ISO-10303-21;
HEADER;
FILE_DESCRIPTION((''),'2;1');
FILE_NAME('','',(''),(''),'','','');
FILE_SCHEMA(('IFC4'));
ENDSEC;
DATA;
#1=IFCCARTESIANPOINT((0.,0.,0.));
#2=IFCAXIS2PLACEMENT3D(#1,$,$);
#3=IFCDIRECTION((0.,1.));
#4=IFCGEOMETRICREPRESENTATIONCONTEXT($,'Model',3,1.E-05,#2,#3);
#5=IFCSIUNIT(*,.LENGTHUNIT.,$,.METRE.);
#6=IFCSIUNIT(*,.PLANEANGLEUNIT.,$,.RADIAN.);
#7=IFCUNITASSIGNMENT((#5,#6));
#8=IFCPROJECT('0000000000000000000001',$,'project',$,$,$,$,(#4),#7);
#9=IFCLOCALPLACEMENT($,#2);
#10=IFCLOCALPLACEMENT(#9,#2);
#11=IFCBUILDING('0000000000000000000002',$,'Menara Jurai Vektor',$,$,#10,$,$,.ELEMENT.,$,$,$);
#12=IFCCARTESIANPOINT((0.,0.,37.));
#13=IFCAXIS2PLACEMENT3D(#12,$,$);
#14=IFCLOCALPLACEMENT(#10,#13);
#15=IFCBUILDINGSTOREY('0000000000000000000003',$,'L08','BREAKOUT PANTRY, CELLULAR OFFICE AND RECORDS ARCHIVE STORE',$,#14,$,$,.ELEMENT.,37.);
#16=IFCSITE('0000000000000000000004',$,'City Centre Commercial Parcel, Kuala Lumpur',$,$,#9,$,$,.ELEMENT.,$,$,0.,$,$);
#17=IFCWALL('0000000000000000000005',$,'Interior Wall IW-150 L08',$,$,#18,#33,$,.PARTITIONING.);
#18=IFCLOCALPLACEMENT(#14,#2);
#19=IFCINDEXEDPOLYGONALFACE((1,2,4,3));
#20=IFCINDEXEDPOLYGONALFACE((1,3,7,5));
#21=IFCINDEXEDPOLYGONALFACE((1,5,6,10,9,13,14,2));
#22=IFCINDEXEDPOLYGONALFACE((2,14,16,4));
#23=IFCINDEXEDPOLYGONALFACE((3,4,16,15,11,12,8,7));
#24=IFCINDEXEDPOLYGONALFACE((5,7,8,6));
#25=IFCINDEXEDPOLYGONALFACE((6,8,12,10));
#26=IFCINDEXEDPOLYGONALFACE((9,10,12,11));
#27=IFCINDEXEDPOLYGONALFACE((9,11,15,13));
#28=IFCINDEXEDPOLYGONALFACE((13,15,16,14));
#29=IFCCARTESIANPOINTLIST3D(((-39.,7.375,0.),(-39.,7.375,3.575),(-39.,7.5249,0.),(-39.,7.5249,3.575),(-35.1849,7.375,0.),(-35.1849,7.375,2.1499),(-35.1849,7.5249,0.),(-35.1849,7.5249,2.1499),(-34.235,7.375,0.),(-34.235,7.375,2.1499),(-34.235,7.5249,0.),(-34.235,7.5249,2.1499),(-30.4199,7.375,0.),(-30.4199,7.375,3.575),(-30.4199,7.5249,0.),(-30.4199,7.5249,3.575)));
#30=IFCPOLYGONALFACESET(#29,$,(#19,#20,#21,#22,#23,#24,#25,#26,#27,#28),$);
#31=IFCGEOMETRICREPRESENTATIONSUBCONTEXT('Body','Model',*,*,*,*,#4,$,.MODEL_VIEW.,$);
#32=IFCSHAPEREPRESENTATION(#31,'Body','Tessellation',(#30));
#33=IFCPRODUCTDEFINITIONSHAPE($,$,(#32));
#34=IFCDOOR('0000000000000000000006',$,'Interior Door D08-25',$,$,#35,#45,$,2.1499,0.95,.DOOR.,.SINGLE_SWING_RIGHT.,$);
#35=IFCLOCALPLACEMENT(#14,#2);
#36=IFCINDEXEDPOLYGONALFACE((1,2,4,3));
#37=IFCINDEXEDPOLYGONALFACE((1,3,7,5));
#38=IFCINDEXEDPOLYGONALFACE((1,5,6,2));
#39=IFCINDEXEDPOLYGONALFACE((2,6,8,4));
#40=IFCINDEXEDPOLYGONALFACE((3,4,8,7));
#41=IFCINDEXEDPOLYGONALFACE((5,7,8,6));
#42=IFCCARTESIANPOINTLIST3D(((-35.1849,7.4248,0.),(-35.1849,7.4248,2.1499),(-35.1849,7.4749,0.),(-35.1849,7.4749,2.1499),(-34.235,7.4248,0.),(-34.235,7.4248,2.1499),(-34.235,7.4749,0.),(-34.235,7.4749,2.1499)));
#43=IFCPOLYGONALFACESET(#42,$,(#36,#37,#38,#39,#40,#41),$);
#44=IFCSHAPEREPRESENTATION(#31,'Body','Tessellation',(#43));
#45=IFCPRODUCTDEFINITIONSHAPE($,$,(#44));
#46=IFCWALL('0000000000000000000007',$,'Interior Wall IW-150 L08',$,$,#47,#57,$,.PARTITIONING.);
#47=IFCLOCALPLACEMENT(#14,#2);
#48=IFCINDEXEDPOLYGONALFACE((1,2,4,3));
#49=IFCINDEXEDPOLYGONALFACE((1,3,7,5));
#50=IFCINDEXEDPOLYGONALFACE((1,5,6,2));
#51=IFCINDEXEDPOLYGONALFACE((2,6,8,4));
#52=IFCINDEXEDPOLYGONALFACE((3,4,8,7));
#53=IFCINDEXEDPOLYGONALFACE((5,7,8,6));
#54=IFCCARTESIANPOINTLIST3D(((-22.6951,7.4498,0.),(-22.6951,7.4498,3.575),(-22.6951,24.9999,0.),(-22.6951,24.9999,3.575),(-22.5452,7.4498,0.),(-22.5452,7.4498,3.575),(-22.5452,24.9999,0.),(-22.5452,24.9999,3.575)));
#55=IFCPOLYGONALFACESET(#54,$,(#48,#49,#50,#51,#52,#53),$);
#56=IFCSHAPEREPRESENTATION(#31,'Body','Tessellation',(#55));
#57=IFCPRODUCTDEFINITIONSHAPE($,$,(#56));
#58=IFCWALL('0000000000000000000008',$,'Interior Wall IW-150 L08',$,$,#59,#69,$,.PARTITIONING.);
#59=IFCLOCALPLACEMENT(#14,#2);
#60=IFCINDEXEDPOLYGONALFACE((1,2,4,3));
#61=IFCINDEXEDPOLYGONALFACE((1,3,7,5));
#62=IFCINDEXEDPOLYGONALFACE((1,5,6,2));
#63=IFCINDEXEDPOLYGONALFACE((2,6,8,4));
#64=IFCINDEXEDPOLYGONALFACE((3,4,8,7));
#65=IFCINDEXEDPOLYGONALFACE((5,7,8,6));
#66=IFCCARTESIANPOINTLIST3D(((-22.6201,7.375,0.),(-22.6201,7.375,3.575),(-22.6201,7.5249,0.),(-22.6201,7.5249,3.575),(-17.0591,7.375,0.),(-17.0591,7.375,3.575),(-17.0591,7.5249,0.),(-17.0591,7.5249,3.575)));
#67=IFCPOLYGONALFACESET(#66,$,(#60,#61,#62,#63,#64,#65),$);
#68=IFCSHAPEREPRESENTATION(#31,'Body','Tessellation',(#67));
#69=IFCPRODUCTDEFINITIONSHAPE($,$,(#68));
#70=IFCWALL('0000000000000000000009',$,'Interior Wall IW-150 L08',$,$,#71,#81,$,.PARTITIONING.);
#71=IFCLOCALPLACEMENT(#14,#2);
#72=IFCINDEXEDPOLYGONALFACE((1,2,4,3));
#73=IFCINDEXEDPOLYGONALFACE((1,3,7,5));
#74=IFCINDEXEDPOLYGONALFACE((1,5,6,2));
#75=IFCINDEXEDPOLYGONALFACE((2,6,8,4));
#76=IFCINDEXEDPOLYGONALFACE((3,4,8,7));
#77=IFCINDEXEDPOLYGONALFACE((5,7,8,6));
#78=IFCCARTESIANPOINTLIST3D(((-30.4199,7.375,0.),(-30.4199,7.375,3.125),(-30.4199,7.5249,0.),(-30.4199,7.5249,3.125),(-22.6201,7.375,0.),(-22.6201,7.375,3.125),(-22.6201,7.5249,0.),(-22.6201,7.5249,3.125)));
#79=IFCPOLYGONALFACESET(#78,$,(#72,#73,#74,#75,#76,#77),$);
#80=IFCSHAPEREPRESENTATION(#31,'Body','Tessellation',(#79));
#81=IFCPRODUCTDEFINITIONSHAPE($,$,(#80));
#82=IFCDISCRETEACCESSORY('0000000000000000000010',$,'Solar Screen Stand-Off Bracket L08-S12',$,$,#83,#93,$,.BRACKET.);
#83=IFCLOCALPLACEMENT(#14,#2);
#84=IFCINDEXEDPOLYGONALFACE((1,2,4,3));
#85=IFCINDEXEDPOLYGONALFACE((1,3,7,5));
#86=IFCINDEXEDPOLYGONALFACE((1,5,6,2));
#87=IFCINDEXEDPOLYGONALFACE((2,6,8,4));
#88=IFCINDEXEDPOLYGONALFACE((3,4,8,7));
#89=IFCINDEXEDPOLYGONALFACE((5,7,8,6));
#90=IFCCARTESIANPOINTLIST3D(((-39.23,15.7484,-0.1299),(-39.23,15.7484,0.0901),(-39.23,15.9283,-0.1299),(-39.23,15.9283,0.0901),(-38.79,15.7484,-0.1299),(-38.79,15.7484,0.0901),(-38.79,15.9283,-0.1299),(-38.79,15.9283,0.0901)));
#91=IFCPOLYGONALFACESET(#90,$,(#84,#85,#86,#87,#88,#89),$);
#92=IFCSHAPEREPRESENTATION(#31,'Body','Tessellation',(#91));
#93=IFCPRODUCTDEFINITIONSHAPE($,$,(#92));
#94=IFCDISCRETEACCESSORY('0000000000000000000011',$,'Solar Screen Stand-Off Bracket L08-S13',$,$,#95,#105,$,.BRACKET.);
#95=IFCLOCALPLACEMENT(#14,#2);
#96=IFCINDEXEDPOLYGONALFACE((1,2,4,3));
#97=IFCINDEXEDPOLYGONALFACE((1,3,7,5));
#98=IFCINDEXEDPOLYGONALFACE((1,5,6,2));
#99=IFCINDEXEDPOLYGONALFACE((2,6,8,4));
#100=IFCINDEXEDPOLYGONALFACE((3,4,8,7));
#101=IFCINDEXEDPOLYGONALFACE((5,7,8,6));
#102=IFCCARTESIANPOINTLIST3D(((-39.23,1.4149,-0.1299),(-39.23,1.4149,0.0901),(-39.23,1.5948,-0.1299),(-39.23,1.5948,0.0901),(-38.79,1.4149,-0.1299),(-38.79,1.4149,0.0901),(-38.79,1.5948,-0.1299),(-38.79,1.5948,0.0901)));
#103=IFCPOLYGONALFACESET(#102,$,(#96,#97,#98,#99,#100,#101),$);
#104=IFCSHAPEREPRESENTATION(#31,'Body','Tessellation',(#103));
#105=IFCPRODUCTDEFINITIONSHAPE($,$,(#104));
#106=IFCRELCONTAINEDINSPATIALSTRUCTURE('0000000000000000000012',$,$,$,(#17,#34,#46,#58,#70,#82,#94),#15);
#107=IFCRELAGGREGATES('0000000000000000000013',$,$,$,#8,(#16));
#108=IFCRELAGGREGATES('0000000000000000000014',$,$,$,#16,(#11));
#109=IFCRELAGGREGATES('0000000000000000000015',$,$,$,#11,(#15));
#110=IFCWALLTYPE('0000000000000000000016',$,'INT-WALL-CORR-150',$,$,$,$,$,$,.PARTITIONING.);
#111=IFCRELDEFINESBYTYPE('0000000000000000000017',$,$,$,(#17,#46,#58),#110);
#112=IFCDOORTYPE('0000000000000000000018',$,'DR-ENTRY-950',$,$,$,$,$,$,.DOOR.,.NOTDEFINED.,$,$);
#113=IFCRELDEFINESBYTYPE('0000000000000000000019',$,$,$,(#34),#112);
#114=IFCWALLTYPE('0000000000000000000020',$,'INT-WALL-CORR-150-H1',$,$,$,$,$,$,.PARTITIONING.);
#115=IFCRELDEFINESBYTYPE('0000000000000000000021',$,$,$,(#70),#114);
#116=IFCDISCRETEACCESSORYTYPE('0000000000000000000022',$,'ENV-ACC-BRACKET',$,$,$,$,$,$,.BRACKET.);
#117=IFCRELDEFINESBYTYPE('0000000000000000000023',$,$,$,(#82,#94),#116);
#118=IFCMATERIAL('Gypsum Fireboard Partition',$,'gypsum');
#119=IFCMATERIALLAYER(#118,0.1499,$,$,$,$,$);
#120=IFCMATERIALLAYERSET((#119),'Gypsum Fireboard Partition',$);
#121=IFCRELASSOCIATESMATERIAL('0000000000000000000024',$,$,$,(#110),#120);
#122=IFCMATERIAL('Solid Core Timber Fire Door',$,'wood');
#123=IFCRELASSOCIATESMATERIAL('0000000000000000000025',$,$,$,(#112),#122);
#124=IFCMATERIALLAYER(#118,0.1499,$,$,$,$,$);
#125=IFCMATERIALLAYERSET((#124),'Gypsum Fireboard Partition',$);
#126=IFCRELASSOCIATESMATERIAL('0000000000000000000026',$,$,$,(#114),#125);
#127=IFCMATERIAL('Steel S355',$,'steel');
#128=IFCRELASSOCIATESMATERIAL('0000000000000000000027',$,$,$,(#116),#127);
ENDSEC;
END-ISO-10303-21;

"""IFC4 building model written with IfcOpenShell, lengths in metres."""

from ifc_helpers import new_model, si_unit, direction, frame, frame_2d, origin, origin_2d, place, context, subcontext, project, spatial, rectangle, extrude, material, layer, layer_set, type_object, element, fill, save


model = new_model("IFC4")

# Units and contexts
model_context = context("Model", 3, precision=1e-05, world=origin(), true_north=direction((0.0, 1.0)))
body_context = subcontext(model_context, "Body", "Model", "MODEL_VIEW")
ifc_project = project(units=[si_unit("LENGTHUNIT", "METRE"), si_unit("PLANEANGLEUNIT", "RADIAN")], contexts=[model_context])

# Site, building, storey
site_placement = place(None, origin())
site = spatial("IfcSite", under=ifc_project, at=site_placement, Name="City Centre Commercial Parcel, Kuala Lumpur", CompositionType="ELEMENT", RefElevation=0.0)
building_placement = place(site_placement, origin())
building = spatial("IfcBuilding", under=site, at=building_placement, Name="Menara Jurai Vektor", CompositionType="ELEMENT")
storey_placement = place(building_placement, frame((0.0, 0.0, 37.0)))
storey = spatial("IfcBuildingStorey", under=building, at=storey_placement, Name="L08", Description="BREAKOUT PANTRY, CELLULAR OFFICE AND RECORDS ARCHIVE STORE", CompositionType="ELEMENT", Elevation=37.0)

# Shared definitions
ifc_material_1 = material(Name="Steel S355", Category="steel")

# Wall, opening, door
ifc_material_2 = material(Name="Gypsum Fireboard Partition", Category="gypsum")
ifc_layer_1 = layer(ifc_material_2, 0.1499)
ifc_layer_set_1 = layer_set([ifc_layer_1], Name="Gypsum Fireboard Partition")
wall_type_1 = type_object("IfcWallType", Name="INT-WALL-CORR-150", PredefinedType="PARTITIONING", material=ifc_layer_set_1)
ifc_material_3 = material(Name="Solid Core Timber Fire Door", Category="wood")
door_type = type_object("IfcDoorType", Name="DR-ENTRY-950", OperationType="NOTDEFINED", PredefinedType="DOOR", material=ifc_material_3)
wall_1_placement = place(storey_placement, frame((-39.0, 7.45, 0.0), z_axis=(0.0, 0.0, 1.0), x_axis=(1.0, 0.0, 0.0)))
wall_1 = element("IfcWall", 1, at=wall_1_placement, inside=storey, type_object=wall_type_1, Name="Interior Wall IW-150 L08", PredefinedType="PARTITIONING", context=body_context, shape_type="SweptSolid", body=[
    extrude(rectangle(XDim=8.5801, YDim=0.1499, at=frame_2d((4.29, 0.0))), origin(), (0.0, 0.0, 1.0), 3.575),
])
opening_1_placement = place(wall_1_placement, frame((3.8149, 0.0, 0.0)))
opening_1 = element("IfcOpeningElement", 2, at=opening_1_placement, cuts=wall_1, PredefinedType="OPENING", context=body_context, shape_type="SweptSolid", body=[
    extrude(rectangle(XDim=0.95, YDim=2.1499, at=frame_2d((0.4751, 1.075))), frame((0.0, 0.085, 0.0), z_axis=(0.0, -1.0, 0.0), x_axis=(1.0, 0.0, 0.0)), (0.0, 0.0, 1.0), 0.1699),
])
door_1_placement = place(opening_1_placement, origin())
door_1 = element("IfcDoor", 3, at=door_1_placement, inside=storey, type_object=door_type, Name="Interior Door D08-25", OperationType="SINGLE_SWING_RIGHT", OverallHeight=2.1499, OverallWidth=0.95, PredefinedType="DOOR", context=body_context, shape_type="SweptSolid", body=[
    extrude(rectangle(XDim=0.95, YDim=2.1499, at=frame_2d((0.4751, 1.075))), frame((0.0, 0.0249, 0.0), z_axis=(0.0, -1.0, 0.0), x_axis=(1.0, 0.0, 0.0)), (0.0, 0.0, 1.0), 0.05),
])
fill(opening_1, door_1)

# Walls
wall_2_placement = place(storey_placement, frame((-22.6201, 7.45, 0.0), z_axis=(0.0, 0.0, 1.0), x_axis=(0.0, 1.0, 0.0)))
element("IfcWall", 4, at=wall_2_placement, inside=storey, type_object=wall_type_1, Name="Interior Wall IW-150 L08", PredefinedType="PARTITIONING", context=body_context, shape_type="SweptSolid", body=[
    extrude(rectangle(XDim=17.55, YDim=0.1499, at=frame_2d((8.7749, 0.0))), origin(), (0.0, 0.0, 1.0), 3.575),
])
wall_3_placement = place(storey_placement, frame((-22.6201, 7.45, 0.0), z_axis=(0.0, 0.0, 1.0), x_axis=(1.0, 0.0, 0.0)))
element("IfcWall", 5, at=wall_3_placement, inside=storey, type_object=wall_type_1, Name="Interior Wall IW-150 L08", PredefinedType="PARTITIONING", context=body_context, shape_type="SweptSolid", body=[
    extrude(rectangle(XDim=5.561, YDim=0.1499, at=frame_2d((2.7805, 0.0))), origin(), (0.0, 0.0, 1.0), 3.575),
])
ifc_layer_2 = layer(ifc_material_2, 0.1499)
ifc_layer_set_2 = layer_set([ifc_layer_2], Name="Gypsum Fireboard Partition")
wall_type_2 = type_object("IfcWallType", Name="INT-WALL-CORR-150-H1", PredefinedType="PARTITIONING", material=ifc_layer_set_2)
wall_4_placement = place(storey_placement, frame((-30.4199, 7.45, 0.0), z_axis=(0.0, 0.0, 1.0), x_axis=(1.0, 0.0, 0.0)))
element("IfcWall", 6, at=wall_4_placement, inside=storey, type_object=wall_type_2, Name="Interior Wall IW-150 L08", PredefinedType="PARTITIONING", context=body_context, shape_type="SweptSolid", body=[
    extrude(rectangle(XDim=7.7998, YDim=0.1499, at=frame_2d((3.8999, 0.0))), origin(), (0.0, 0.0, 1.0), 3.125),
])

# Discrete accessories
discrete_accessory_type = type_object("IfcDiscreteAccessoryType", Name="ENV-ACC-BRACKET", PredefinedType="BRACKET", material=ifc_material_1)
for number, where, z_axis, x_axis, name in (
    (7, (-39.01, 15.8384, -0.1299), (0.0, 0.0, 1.0), (0.0, -1.0, 0.0), "Solar Screen Stand-Off Bracket L08-S12"),
    (8, (-39.01, 1.5049, -0.1299), (0.0, 0.0, 1.0), (0.0, -1.0, 0.0), "Solar Screen Stand-Off Bracket L08-S13"),
):
    element("IfcDiscreteAccessory", number, at=place(storey_placement, frame(where, z_axis=z_axis, x_axis=x_axis)), inside=storey, type_object=discrete_accessory_type, Name=name, PredefinedType="BRACKET", context=body_context, shape_type="SweptSolid", body=[
        extrude(rectangle(XDim=0.1799, YDim=0.4399, at=origin_2d()), origin(), (0.0, 0.0, 1.0), 0.22),
    ])

save(model, "model.ifc")
